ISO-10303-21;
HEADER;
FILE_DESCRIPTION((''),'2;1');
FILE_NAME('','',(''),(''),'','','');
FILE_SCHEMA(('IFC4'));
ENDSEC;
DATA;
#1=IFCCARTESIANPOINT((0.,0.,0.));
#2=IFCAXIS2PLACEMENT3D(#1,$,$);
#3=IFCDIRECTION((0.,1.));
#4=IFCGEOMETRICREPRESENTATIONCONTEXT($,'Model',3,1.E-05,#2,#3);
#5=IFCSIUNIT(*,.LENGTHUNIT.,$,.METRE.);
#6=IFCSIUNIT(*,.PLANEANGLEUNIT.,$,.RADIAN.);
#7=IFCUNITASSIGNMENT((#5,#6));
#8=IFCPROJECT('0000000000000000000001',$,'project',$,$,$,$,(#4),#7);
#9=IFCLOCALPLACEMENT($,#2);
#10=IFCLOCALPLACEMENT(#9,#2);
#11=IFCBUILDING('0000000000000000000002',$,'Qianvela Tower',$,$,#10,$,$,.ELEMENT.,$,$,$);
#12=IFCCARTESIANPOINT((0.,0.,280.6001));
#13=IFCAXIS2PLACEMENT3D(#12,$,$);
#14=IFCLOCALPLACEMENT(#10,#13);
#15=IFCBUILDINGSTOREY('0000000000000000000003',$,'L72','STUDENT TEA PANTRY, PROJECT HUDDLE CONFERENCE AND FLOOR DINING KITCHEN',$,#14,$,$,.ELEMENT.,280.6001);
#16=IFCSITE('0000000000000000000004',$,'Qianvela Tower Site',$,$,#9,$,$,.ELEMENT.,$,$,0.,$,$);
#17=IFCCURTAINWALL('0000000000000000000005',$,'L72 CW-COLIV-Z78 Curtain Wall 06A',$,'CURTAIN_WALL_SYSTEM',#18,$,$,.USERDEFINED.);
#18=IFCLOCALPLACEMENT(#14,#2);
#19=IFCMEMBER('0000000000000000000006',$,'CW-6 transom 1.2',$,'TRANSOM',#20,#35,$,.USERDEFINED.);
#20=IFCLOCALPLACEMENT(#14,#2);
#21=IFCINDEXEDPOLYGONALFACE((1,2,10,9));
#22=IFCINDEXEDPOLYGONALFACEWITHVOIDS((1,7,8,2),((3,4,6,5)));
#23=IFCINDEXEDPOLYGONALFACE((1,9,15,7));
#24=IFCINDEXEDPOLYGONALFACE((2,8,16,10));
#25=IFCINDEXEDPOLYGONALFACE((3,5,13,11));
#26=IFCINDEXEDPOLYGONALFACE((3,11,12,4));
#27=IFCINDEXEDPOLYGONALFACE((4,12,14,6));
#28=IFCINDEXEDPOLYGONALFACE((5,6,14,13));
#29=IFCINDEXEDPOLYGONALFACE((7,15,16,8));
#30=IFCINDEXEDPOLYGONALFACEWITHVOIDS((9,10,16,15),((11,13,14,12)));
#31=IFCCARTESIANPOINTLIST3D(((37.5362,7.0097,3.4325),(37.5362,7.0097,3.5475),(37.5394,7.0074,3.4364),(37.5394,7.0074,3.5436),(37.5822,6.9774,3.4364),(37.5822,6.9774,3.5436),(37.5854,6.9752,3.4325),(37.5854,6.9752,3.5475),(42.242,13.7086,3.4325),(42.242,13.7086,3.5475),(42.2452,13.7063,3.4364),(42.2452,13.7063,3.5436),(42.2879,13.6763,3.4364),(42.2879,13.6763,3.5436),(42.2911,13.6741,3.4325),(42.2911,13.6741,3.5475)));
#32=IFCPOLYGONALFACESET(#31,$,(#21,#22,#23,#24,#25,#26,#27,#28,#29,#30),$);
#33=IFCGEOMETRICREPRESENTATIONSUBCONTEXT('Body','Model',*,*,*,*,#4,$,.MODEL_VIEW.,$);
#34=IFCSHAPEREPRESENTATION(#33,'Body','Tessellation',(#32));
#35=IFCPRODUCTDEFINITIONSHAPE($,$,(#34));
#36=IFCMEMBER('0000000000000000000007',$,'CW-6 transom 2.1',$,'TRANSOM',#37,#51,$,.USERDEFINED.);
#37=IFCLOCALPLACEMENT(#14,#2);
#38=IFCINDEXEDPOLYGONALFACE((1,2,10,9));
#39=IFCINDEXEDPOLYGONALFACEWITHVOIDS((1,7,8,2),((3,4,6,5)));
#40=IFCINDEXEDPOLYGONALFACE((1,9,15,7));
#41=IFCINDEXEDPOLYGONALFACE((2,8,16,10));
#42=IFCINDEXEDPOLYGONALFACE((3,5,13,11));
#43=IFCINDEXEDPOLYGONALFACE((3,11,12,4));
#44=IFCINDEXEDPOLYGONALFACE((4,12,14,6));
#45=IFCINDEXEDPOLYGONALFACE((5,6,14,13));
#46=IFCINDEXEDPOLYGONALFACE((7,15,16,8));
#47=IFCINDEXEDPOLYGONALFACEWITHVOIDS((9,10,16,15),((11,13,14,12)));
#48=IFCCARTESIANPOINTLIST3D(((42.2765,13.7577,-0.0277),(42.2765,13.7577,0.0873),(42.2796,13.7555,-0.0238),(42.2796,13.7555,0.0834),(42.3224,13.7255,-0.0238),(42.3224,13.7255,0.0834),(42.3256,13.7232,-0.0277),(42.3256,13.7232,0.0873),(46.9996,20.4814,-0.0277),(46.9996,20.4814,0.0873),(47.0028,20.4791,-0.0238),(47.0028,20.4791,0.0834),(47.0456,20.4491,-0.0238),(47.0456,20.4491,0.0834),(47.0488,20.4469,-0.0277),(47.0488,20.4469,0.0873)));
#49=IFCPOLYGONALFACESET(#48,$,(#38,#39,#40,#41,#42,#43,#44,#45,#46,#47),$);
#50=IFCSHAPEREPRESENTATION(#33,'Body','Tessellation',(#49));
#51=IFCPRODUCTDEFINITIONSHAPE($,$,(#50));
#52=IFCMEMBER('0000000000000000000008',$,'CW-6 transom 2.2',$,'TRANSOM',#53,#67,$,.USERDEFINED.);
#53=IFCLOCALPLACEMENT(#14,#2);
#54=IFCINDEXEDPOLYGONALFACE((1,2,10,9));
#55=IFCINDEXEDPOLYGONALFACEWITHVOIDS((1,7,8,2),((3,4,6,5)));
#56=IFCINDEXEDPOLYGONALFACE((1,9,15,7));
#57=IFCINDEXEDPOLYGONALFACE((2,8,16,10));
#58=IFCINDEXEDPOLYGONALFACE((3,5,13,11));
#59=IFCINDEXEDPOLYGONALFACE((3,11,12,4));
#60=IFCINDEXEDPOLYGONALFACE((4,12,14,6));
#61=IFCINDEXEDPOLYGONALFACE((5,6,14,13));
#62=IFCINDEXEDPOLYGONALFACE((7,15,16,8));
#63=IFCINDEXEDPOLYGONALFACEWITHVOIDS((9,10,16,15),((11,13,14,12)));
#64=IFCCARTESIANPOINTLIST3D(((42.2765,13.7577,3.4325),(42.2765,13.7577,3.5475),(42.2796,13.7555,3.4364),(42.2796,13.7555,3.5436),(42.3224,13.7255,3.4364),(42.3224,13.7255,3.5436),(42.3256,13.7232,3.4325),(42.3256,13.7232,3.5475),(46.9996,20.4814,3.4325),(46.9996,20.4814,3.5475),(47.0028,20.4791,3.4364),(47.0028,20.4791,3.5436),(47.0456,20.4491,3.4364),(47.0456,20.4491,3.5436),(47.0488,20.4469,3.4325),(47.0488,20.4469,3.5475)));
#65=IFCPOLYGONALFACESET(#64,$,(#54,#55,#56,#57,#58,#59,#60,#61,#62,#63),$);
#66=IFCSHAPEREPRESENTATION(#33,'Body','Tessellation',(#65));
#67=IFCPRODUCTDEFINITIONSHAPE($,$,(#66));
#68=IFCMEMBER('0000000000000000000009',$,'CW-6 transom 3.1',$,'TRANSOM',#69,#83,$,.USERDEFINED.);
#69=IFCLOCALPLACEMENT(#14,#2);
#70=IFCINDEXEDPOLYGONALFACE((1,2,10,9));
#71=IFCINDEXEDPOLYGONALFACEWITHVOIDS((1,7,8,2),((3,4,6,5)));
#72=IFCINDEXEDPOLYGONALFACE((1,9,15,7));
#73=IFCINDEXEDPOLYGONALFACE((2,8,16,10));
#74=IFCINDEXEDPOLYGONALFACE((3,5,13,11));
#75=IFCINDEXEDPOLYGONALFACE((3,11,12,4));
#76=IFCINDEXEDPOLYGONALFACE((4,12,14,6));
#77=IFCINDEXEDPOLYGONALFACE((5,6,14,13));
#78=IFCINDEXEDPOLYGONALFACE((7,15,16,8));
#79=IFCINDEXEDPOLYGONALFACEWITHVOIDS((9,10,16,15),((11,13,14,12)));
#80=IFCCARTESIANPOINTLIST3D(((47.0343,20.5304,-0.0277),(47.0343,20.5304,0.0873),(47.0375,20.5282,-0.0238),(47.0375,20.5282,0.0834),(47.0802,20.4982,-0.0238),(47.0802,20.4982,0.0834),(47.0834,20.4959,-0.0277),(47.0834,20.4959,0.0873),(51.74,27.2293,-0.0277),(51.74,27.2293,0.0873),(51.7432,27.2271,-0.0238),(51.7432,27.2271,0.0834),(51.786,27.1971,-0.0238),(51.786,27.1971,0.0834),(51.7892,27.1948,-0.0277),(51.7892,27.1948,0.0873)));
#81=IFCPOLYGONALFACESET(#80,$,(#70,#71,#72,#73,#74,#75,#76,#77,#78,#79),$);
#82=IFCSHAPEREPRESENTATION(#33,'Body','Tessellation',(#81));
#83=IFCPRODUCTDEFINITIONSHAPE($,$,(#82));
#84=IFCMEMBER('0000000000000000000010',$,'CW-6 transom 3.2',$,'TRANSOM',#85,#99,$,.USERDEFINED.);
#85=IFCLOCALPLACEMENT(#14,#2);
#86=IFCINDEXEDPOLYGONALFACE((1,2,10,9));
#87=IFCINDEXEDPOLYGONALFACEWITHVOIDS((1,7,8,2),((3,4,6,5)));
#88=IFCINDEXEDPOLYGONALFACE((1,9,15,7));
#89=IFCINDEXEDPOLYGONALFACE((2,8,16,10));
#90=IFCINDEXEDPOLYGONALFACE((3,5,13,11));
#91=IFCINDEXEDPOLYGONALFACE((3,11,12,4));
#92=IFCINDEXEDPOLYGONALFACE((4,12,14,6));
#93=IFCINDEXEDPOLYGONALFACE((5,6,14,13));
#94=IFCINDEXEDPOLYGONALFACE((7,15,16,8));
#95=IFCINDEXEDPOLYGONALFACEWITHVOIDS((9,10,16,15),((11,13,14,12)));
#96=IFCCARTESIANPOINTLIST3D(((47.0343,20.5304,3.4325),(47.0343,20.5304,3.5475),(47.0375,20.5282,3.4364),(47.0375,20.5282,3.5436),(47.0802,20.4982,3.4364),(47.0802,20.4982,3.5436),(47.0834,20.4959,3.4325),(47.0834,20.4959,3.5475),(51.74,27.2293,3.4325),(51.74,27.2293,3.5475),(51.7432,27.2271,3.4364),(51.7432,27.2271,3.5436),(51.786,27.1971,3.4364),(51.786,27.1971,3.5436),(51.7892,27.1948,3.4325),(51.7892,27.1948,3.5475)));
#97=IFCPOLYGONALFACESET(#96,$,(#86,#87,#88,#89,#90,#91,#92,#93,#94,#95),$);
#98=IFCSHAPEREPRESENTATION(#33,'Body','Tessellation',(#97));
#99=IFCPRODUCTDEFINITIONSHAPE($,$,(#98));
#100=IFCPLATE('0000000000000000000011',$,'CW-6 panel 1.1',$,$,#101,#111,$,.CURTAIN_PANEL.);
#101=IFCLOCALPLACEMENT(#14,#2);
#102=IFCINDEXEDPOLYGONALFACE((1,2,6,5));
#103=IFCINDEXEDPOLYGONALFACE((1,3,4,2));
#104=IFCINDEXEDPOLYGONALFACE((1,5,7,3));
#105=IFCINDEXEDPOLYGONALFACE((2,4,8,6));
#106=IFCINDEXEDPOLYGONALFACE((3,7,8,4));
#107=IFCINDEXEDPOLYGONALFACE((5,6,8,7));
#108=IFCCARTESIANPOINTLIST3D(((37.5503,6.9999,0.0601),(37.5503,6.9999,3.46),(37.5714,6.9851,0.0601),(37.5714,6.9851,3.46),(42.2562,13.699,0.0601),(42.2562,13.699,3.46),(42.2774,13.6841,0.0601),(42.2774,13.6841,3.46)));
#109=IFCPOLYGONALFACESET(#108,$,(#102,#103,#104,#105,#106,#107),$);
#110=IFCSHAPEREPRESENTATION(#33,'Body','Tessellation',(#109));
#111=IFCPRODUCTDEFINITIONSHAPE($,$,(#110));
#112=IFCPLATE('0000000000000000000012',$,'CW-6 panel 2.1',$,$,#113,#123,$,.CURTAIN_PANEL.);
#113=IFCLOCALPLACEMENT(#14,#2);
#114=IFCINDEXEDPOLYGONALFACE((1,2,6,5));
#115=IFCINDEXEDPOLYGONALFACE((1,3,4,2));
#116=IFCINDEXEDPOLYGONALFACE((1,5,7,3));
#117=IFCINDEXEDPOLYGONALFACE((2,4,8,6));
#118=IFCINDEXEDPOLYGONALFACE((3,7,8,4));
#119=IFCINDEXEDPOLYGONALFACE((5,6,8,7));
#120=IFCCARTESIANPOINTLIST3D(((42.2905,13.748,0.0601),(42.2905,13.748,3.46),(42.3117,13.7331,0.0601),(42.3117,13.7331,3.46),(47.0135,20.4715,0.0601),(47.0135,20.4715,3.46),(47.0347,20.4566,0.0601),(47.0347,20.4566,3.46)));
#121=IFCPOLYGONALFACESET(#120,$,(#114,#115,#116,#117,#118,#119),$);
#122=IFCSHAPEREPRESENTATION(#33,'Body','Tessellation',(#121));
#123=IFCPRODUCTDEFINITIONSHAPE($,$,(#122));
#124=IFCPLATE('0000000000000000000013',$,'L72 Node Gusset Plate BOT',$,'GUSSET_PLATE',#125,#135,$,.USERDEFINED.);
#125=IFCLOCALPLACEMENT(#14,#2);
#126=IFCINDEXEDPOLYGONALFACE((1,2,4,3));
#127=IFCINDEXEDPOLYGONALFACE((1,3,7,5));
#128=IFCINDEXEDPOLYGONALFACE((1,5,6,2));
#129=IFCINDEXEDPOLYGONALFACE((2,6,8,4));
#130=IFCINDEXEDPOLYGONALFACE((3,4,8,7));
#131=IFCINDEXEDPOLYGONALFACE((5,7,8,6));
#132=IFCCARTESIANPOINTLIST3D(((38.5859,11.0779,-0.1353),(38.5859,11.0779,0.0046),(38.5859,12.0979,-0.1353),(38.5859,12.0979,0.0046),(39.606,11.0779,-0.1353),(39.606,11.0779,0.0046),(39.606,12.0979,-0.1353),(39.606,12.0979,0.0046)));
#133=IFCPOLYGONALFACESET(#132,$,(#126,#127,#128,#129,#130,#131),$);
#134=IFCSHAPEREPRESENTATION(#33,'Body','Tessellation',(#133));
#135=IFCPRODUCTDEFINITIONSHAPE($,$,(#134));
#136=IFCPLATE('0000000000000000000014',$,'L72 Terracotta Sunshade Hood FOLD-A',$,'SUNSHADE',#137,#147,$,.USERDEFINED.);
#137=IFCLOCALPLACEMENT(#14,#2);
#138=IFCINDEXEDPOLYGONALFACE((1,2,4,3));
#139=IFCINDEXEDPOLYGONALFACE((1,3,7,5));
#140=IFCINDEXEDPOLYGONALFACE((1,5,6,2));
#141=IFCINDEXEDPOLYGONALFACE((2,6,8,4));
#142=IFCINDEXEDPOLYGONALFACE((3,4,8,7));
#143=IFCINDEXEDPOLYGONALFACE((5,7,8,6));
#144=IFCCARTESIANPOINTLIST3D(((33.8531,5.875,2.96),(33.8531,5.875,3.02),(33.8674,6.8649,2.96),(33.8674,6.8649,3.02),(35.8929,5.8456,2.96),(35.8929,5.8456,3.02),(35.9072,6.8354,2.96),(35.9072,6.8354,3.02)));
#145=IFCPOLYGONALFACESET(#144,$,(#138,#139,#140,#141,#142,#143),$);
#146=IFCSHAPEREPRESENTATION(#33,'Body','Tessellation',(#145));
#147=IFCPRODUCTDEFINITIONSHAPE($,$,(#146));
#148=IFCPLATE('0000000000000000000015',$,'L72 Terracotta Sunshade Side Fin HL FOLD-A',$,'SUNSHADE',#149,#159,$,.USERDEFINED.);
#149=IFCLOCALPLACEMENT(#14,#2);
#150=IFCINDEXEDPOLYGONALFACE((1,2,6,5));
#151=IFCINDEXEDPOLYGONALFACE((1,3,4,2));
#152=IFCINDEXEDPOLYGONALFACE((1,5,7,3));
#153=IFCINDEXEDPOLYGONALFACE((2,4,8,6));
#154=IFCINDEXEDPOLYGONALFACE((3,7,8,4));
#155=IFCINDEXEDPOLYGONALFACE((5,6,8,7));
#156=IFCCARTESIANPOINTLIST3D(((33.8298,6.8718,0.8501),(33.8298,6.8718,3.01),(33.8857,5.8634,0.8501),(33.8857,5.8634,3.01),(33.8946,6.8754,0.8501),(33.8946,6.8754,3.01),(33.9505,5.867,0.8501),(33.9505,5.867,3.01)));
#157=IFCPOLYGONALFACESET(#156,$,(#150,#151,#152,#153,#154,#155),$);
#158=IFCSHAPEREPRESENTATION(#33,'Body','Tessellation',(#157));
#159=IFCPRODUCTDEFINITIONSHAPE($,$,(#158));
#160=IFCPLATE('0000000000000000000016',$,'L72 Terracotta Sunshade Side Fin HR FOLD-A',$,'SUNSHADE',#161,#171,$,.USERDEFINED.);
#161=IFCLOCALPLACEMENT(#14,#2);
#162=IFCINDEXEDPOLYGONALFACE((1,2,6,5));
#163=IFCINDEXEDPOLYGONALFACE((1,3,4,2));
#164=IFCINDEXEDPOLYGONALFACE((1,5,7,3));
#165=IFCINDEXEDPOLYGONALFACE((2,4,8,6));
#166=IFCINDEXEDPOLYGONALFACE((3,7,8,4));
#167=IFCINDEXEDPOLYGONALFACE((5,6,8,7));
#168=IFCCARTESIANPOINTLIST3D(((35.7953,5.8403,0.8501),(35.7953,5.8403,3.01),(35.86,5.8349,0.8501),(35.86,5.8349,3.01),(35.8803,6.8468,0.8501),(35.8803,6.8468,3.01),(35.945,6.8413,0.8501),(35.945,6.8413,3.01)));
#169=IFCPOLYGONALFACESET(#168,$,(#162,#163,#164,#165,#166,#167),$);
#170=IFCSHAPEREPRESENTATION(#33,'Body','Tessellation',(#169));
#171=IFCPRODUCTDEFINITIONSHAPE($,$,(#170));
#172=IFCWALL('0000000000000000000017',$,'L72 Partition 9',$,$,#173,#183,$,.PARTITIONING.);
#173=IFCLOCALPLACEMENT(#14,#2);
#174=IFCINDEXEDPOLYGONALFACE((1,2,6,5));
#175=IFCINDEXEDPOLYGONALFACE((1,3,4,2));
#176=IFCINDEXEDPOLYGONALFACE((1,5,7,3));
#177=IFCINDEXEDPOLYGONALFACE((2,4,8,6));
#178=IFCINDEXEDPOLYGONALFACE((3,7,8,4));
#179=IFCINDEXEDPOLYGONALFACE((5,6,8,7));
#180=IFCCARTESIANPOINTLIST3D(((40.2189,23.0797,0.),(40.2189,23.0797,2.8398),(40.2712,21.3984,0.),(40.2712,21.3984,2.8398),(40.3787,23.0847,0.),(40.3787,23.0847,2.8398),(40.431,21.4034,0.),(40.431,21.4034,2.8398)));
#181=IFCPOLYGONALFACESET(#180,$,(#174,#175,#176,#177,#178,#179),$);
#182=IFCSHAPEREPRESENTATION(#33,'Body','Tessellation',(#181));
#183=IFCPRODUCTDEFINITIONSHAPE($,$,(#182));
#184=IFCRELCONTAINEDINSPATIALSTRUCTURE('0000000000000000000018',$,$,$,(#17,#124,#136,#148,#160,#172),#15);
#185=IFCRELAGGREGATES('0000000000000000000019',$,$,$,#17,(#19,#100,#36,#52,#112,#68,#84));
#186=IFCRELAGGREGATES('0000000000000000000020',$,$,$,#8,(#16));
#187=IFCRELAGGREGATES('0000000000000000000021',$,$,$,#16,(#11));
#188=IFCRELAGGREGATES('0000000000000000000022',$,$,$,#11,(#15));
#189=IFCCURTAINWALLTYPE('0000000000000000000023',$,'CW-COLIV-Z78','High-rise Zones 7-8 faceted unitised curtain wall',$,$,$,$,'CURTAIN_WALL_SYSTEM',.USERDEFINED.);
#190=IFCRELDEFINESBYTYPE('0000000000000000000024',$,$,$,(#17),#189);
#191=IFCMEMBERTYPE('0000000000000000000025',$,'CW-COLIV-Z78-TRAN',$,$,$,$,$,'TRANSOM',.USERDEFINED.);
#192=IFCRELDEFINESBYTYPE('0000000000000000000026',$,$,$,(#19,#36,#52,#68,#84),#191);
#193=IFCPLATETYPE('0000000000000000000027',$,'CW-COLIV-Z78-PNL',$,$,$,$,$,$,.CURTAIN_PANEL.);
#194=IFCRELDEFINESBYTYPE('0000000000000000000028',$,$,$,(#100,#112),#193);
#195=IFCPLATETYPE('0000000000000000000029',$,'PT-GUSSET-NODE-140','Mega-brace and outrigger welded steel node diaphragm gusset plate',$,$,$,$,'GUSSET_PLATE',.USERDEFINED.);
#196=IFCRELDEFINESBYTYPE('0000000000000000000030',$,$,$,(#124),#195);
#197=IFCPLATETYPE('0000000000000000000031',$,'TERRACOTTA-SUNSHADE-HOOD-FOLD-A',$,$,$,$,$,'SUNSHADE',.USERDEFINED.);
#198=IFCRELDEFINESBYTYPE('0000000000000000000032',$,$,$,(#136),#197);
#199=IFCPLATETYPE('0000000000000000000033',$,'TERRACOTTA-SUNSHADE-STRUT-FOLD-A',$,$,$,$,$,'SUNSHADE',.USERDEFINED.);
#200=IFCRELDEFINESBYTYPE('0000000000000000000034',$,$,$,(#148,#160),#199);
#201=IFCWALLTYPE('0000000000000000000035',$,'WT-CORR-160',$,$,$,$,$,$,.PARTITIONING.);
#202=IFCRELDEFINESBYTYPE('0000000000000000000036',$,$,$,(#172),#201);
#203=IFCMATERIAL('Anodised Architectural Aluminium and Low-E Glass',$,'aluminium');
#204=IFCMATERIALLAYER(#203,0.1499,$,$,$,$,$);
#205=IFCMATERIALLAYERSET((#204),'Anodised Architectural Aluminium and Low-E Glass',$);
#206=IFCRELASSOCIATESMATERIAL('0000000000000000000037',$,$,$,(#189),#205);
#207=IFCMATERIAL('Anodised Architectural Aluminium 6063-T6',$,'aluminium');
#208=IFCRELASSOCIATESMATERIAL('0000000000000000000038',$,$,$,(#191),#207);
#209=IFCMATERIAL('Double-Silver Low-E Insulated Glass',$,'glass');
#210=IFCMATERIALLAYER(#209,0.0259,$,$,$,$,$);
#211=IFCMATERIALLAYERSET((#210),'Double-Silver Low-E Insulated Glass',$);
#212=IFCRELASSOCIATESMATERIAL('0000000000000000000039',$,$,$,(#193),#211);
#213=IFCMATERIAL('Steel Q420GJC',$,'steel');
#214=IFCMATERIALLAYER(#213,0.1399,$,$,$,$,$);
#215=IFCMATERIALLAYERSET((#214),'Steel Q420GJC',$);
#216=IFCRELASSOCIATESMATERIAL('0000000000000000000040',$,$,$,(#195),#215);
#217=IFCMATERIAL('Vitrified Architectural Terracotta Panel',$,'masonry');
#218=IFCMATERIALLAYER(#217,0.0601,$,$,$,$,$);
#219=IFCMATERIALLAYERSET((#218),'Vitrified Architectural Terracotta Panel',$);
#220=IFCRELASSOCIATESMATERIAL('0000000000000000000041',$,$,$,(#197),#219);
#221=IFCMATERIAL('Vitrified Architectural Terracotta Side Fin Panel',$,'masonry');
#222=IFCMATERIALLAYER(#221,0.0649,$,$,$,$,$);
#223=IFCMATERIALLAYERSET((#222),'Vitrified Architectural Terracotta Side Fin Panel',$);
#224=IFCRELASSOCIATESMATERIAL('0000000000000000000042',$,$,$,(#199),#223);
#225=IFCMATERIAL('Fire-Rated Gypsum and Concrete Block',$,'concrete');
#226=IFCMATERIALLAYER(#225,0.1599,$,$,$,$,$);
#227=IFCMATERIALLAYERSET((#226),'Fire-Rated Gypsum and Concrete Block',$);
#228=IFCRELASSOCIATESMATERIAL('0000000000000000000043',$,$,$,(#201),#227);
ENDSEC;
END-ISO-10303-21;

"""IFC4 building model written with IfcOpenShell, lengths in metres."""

from ifc_helpers import new_model, si_unit, direction, frame, frame_2d, origin, origin_2d, place, context, subcontext, project, spatial, rectangle, hollow_rectangle, extrude, material, layer, layer_set, material_profile, profile_set, type_object, element, aggregate, save


model = new_model("IFC4")

# Units and contexts
model_context = context("Model", 3, precision=1e-05, world=origin(), true_north=direction((0.0, 1.0)))
body_context = subcontext(model_context, "Body", "Model", "MODEL_VIEW")
ifc_project = project(units=[si_unit("LENGTHUNIT", "METRE"), si_unit("PLANEANGLEUNIT", "RADIAN")], contexts=[model_context])

# Site, building, storey
site_placement = place(None, origin())
site = spatial("IfcSite", under=ifc_project, at=site_placement, Name="Qianvela Tower Site", CompositionType="ELEMENT", RefElevation=0.0)
building_placement = place(site_placement, origin())
building = spatial("IfcBuilding", under=site, at=building_placement, Name="Qianvela Tower", CompositionType="ELEMENT")
storey_placement = place(building_placement, frame((0.0, 0.0, 280.6001)))
storey = spatial("IfcBuildingStorey", under=building, at=storey_placement, Name="L72", Description="STUDENT TEA PANTRY, PROJECT HUDDLE CONFERENCE AND FLOOR DINING KITCHEN", CompositionType="ELEMENT", Elevation=280.6001)

# Curtain wall, members, plates
ifc_material_1 = material(Name="Anodised Architectural Aluminium and Low-E Glass", Category="aluminium")
ifc_layer_1 = layer(ifc_material_1, 0.1499)
ifc_layer_set_1 = layer_set([ifc_layer_1], Name="Anodised Architectural Aluminium and Low-E Glass")
curtain_wall_type = type_object("IfcCurtainWallType", Name="CW-COLIV-Z78", Description="High-rise Zones 7-8 faceted unitised curtain wall", ElementType="CURTAIN_WALL_SYSTEM", PredefinedType="USERDEFINED", material=ifc_layer_set_1)
curtain_wall_placement = place(storey_placement, origin())
curtain_wall = element("IfcCurtainWall", 1, at=curtain_wall_placement, inside=storey, type_object=curtain_wall_type, Name="L72 CW-COLIV-Z78 Curtain Wall 06A", ObjectType="CURTAIN_WALL_SYSTEM", PredefinedType="USERDEFINED")
ifc_material_2 = material(Name="Anodised Architectural Aluminium 6063-T6", Category="aluminium")
ifc_material_profile_1 = material_profile(ifc_material_2, hollow_rectangle(XDim=0.0601, YDim=0.115, WallThickness=0.0039, at=origin_2d()), Name="ALU-TRAN-60x115")
ifc_profile_set_1 = profile_set([ifc_material_profile_1], Name="Anodised Architectural Aluminium 6063-T6")
member_type_1 = type_object("IfcMemberType", Name="CW-COLIV-Z78-TRAN", ElementType="TRANSOM", PredefinedType="USERDEFINED", material=ifc_profile_set_1)
member_1_placement = place(storey_placement, frame((37.5608, 6.9924, 3.49), z_axis=(0.574817, 0.818282, 0.0), x_axis=(-0.818282, 0.574817, 0.0)))
member_1 = element("IfcMember", 2, at=member_1_placement, type_object=member_type_1, Name="CW-6 transom 1.2", ObjectType="TRANSOM", PredefinedType="USERDEFINED", context=body_context, shape_type="SweptSolid", body=[
    extrude(hollow_rectangle(XDim=0.0601, YDim=0.115, WallThickness=0.0039, at=origin_2d()), origin(), (0.0, 0.0, 1.0), 8.1865),
])
member_2_placement = place(storey_placement, frame((42.301, 13.7405, 0.0298), z_axis=(0.574818, 0.818282, 0.0), x_axis=(-0.818282, 0.574818, 0.0)))
member_2 = element("IfcMember", 3, at=member_2_placement, type_object=member_type_1, Name="CW-6 transom 2.1", ObjectType="TRANSOM", PredefinedType="USERDEFINED", context=body_context, shape_type="SweptSolid", body=[
    extrude(hollow_rectangle(XDim=0.0601, YDim=0.115, WallThickness=0.0039, at=origin_2d()), origin(), (0.0, 0.0, 1.0), 8.2168),
])
member_3_placement = place(storey_placement, frame((42.301, 13.7405, 3.49), z_axis=(0.574818, 0.818282, 0.0), x_axis=(-0.818282, 0.574818, 0.0)))
member_3 = element("IfcMember", 4, at=member_3_placement, type_object=member_type_1, Name="CW-6 transom 2.2", ObjectType="TRANSOM", PredefinedType="USERDEFINED", context=body_context, shape_type="SweptSolid", body=[
    extrude(hollow_rectangle(XDim=0.0601, YDim=0.115, WallThickness=0.0039, at=origin_2d()), origin(), (0.0, 0.0, 1.0), 8.2168),
])
member_4_placement = place(storey_placement, frame((47.0588, 20.5132, 0.0298), z_axis=(0.574817, 0.818282, 0.0), x_axis=(-0.818282, 0.574817, 0.0)))
member_4 = element("IfcMember", 5, at=member_4_placement, type_object=member_type_1, Name="CW-6 transom 3.1", ObjectType="TRANSOM", PredefinedType="USERDEFINED", context=body_context, shape_type="SweptSolid", body=[
    extrude(hollow_rectangle(XDim=0.0601, YDim=0.115, WallThickness=0.0039, at=origin_2d()), origin(), (0.0, 0.0, 1.0), 8.1865),
])
member_5_placement = place(storey_placement, frame((47.0588, 20.5132, 3.49), z_axis=(0.574817, 0.818282, 0.0), x_axis=(-0.818282, 0.574817, 0.0)))
member_5 = element("IfcMember", 6, at=member_5_placement, type_object=member_type_1, Name="CW-6 transom 3.2", ObjectType="TRANSOM", PredefinedType="USERDEFINED", context=body_context, shape_type="SweptSolid", body=[
    extrude(hollow_rectangle(XDim=0.0601, YDim=0.115, WallThickness=0.0039, at=origin_2d()), origin(), (0.0, 0.0, 1.0), 8.1865),
])
ifc_material_3 = material(Name="Double-Silver Low-E Insulated Glass", Category="glass")
ifc_layer_2 = layer(ifc_material_3, 0.0259)
ifc_layer_set_2 = layer_set([ifc_layer_2], Name="Double-Silver Low-E Insulated Glass")
plate_type_1 = type_object("IfcPlateType", Name="CW-COLIV-Z78-PNL", PredefinedType="CURTAIN_PANEL", material=ifc_layer_set_2)
plate_1_placement = place(storey_placement, frame((39.9138, 10.342, 0.0601), z_axis=(0.0, 0.0, 1.0), x_axis=(0.57482, 0.81828, 0.0)))
plate_1 = element("IfcPlate", 7, at=plate_1_placement, type_object=plate_type_1, Name="CW-6 panel 1.1", PredefinedType="CURTAIN_PANEL", context=body_context, shape_type="SweptSolid", body=[
    extrude(rectangle(XDim=8.1868, YDim=0.0259, at=origin_2d()), origin(), (0.0, 0.0, 1.0), 3.3999),
])
plate_2_placement = place(storey_placement, frame((44.6626, 17.1023, 0.0601), z_axis=(0.0, 0.0, 1.0), x_axis=(0.57482, 0.81828, 0.0)))
plate_2 = element("IfcPlate", 8, at=plate_2_placement, type_object=plate_type_1, Name="CW-6 panel 2.1", PredefinedType="CURTAIN_PANEL", context=body_context, shape_type="SweptSolid", body=[
    extrude(rectangle(XDim=8.2166, YDim=0.0259, at=origin_2d()), origin(), (0.0, 0.0, 1.0), 3.3999),
])
aggregate(curtain_wall, [member_1, plate_1, member_2, member_3, plate_2, member_4, member_5])

# Plates
ifc_material_4 = material(Name="Steel Q420GJC", Category="steel")
ifc_layer_3 = layer(ifc_material_4, 0.1399)
ifc_layer_set_3 = layer_set([ifc_layer_3], Name="Steel Q420GJC")
plate_type_2 = type_object("IfcPlateType", Name="PT-GUSSET-NODE-140", Description="Mega-brace and outrigger welded steel node diaphragm gusset plate", ElementType="GUSSET_PLATE", PredefinedType="USERDEFINED", material=ifc_layer_set_3)
plate_3_placement = place(storey_placement, frame((39.0959, 11.5879, -0.1353), z_axis=(0.0, 0.0, 1.0), x_axis=(1.0, 0.0, 0.0)))
element("IfcPlate", 9, at=plate_3_placement, inside=storey, type_object=plate_type_2, Name="L72 Node Gusset Plate BOT", ObjectType="GUSSET_PLATE", PredefinedType="USERDEFINED", context=body_context, shape_type="SweptSolid", body=[
    extrude(rectangle(XDim=1.02, YDim=1.02, at=origin_2d()), origin(), (0.0, 0.0, 1.0), 0.1399),
])
ifc_material_5 = material(Name="Vitrified Architectural Terracotta Panel", Category="masonry")
ifc_layer_4 = layer(ifc_material_5, 0.0601)
ifc_layer_set_4 = layer_set([ifc_layer_4], Name="Vitrified Architectural Terracotta Panel")
plate_type_3 = type_object("IfcPlateType", Name="TERRACOTTA-SUNSHADE-HOOD-FOLD-A", ElementType="SUNSHADE", PredefinedType="USERDEFINED", material=ifc_layer_set_4)
plate_4_placement = place(storey_placement, frame((34.8801, 6.3552, 2.96), z_axis=(0.0, 0.0, 1.0), x_axis=(0.999896, -0.01443, 0.0)))
element("IfcPlate", 10, at=plate_4_placement, inside=storey, type_object=plate_type_3, Name="L72 Terracotta Sunshade Hood FOLD-A", ObjectType="SUNSHADE", PredefinedType="USERDEFINED", context=body_context, shape_type="SweptSolid", body=[
    extrude(rectangle(XDim=2.04, YDim=0.99, at=origin_2d()), origin(), (0.0, 0.0, 1.0), 0.0601),
])
ifc_material_6 = material(Name="Vitrified Architectural Terracotta Side Fin Panel", Category="masonry")
ifc_layer_5 = layer(ifc_material_6, 0.0649)
ifc_layer_set_5 = layer_set([ifc_layer_5], Name="Vitrified Architectural Terracotta Side Fin Panel")
plate_type_4 = type_object("IfcPlateType", Name="TERRACOTTA-SUNSHADE-STRUT-FOLD-A", ElementType="SUNSHADE", PredefinedType="USERDEFINED", material=ifc_layer_set_5)
for number, where, z_axis, x_axis, name in (
    (11, (33.8901, 6.3694, 0.8501), (0.0, 0.0, 1.0), (0.998467, 0.055354, 0.0), "L72 Terracotta Sunshade Side Fin HL FOLD-A"),
    (12, (35.8701, 6.3408, 0.8501), (0.0, 0.0, 1.0), (0.996454, -0.084144, 0.0), "L72 Terracotta Sunshade Side Fin HR FOLD-A"),
):
    element("IfcPlate", number, at=place(storey_placement, frame(where, z_axis=z_axis, x_axis=x_axis)), inside=storey, type_object=plate_type_4, Name=name, ObjectType="SUNSHADE", PredefinedType="USERDEFINED", context=body_context, shape_type="SweptSolid", body=[
        extrude(rectangle(XDim=0.0649, YDim=1.01, at=origin_2d()), origin(), (0.0, 0.0, 1.0), 2.1599),
    ])

# Wall
ifc_material_7 = material(Name="Fire-Rated Gypsum and Concrete Block", Category="concrete")
ifc_layer_6 = layer(ifc_material_7, 0.1599)
ifc_layer_set_6 = layer_set([ifc_layer_6], Name="Fire-Rated Gypsum and Concrete Block")
wall_type_1 = type_object("IfcWallType", Name="WT-CORR-160", PredefinedType="PARTITIONING", material=ifc_layer_set_6)
wall_1_placement = place(storey_placement, frame((40.3511, 21.4009, 0.0), z_axis=(0.0, 0.0, 1.0), x_axis=(-0.031058, 0.999518, 0.0)))
element("IfcWall", 13, at=wall_1_placement, inside=storey, type_object=wall_type_1, Name="L72 Partition 9", PredefinedType="PARTITIONING", context=body_context, shape_type="SweptSolid", body=[
    extrude(rectangle(XDim=1.6821, YDim=0.1599, at=frame_2d((0.8411, 0.0))), origin(), (0.0, 0.0, 1.0), 2.8398),
])

save(model, "model.ifc")
